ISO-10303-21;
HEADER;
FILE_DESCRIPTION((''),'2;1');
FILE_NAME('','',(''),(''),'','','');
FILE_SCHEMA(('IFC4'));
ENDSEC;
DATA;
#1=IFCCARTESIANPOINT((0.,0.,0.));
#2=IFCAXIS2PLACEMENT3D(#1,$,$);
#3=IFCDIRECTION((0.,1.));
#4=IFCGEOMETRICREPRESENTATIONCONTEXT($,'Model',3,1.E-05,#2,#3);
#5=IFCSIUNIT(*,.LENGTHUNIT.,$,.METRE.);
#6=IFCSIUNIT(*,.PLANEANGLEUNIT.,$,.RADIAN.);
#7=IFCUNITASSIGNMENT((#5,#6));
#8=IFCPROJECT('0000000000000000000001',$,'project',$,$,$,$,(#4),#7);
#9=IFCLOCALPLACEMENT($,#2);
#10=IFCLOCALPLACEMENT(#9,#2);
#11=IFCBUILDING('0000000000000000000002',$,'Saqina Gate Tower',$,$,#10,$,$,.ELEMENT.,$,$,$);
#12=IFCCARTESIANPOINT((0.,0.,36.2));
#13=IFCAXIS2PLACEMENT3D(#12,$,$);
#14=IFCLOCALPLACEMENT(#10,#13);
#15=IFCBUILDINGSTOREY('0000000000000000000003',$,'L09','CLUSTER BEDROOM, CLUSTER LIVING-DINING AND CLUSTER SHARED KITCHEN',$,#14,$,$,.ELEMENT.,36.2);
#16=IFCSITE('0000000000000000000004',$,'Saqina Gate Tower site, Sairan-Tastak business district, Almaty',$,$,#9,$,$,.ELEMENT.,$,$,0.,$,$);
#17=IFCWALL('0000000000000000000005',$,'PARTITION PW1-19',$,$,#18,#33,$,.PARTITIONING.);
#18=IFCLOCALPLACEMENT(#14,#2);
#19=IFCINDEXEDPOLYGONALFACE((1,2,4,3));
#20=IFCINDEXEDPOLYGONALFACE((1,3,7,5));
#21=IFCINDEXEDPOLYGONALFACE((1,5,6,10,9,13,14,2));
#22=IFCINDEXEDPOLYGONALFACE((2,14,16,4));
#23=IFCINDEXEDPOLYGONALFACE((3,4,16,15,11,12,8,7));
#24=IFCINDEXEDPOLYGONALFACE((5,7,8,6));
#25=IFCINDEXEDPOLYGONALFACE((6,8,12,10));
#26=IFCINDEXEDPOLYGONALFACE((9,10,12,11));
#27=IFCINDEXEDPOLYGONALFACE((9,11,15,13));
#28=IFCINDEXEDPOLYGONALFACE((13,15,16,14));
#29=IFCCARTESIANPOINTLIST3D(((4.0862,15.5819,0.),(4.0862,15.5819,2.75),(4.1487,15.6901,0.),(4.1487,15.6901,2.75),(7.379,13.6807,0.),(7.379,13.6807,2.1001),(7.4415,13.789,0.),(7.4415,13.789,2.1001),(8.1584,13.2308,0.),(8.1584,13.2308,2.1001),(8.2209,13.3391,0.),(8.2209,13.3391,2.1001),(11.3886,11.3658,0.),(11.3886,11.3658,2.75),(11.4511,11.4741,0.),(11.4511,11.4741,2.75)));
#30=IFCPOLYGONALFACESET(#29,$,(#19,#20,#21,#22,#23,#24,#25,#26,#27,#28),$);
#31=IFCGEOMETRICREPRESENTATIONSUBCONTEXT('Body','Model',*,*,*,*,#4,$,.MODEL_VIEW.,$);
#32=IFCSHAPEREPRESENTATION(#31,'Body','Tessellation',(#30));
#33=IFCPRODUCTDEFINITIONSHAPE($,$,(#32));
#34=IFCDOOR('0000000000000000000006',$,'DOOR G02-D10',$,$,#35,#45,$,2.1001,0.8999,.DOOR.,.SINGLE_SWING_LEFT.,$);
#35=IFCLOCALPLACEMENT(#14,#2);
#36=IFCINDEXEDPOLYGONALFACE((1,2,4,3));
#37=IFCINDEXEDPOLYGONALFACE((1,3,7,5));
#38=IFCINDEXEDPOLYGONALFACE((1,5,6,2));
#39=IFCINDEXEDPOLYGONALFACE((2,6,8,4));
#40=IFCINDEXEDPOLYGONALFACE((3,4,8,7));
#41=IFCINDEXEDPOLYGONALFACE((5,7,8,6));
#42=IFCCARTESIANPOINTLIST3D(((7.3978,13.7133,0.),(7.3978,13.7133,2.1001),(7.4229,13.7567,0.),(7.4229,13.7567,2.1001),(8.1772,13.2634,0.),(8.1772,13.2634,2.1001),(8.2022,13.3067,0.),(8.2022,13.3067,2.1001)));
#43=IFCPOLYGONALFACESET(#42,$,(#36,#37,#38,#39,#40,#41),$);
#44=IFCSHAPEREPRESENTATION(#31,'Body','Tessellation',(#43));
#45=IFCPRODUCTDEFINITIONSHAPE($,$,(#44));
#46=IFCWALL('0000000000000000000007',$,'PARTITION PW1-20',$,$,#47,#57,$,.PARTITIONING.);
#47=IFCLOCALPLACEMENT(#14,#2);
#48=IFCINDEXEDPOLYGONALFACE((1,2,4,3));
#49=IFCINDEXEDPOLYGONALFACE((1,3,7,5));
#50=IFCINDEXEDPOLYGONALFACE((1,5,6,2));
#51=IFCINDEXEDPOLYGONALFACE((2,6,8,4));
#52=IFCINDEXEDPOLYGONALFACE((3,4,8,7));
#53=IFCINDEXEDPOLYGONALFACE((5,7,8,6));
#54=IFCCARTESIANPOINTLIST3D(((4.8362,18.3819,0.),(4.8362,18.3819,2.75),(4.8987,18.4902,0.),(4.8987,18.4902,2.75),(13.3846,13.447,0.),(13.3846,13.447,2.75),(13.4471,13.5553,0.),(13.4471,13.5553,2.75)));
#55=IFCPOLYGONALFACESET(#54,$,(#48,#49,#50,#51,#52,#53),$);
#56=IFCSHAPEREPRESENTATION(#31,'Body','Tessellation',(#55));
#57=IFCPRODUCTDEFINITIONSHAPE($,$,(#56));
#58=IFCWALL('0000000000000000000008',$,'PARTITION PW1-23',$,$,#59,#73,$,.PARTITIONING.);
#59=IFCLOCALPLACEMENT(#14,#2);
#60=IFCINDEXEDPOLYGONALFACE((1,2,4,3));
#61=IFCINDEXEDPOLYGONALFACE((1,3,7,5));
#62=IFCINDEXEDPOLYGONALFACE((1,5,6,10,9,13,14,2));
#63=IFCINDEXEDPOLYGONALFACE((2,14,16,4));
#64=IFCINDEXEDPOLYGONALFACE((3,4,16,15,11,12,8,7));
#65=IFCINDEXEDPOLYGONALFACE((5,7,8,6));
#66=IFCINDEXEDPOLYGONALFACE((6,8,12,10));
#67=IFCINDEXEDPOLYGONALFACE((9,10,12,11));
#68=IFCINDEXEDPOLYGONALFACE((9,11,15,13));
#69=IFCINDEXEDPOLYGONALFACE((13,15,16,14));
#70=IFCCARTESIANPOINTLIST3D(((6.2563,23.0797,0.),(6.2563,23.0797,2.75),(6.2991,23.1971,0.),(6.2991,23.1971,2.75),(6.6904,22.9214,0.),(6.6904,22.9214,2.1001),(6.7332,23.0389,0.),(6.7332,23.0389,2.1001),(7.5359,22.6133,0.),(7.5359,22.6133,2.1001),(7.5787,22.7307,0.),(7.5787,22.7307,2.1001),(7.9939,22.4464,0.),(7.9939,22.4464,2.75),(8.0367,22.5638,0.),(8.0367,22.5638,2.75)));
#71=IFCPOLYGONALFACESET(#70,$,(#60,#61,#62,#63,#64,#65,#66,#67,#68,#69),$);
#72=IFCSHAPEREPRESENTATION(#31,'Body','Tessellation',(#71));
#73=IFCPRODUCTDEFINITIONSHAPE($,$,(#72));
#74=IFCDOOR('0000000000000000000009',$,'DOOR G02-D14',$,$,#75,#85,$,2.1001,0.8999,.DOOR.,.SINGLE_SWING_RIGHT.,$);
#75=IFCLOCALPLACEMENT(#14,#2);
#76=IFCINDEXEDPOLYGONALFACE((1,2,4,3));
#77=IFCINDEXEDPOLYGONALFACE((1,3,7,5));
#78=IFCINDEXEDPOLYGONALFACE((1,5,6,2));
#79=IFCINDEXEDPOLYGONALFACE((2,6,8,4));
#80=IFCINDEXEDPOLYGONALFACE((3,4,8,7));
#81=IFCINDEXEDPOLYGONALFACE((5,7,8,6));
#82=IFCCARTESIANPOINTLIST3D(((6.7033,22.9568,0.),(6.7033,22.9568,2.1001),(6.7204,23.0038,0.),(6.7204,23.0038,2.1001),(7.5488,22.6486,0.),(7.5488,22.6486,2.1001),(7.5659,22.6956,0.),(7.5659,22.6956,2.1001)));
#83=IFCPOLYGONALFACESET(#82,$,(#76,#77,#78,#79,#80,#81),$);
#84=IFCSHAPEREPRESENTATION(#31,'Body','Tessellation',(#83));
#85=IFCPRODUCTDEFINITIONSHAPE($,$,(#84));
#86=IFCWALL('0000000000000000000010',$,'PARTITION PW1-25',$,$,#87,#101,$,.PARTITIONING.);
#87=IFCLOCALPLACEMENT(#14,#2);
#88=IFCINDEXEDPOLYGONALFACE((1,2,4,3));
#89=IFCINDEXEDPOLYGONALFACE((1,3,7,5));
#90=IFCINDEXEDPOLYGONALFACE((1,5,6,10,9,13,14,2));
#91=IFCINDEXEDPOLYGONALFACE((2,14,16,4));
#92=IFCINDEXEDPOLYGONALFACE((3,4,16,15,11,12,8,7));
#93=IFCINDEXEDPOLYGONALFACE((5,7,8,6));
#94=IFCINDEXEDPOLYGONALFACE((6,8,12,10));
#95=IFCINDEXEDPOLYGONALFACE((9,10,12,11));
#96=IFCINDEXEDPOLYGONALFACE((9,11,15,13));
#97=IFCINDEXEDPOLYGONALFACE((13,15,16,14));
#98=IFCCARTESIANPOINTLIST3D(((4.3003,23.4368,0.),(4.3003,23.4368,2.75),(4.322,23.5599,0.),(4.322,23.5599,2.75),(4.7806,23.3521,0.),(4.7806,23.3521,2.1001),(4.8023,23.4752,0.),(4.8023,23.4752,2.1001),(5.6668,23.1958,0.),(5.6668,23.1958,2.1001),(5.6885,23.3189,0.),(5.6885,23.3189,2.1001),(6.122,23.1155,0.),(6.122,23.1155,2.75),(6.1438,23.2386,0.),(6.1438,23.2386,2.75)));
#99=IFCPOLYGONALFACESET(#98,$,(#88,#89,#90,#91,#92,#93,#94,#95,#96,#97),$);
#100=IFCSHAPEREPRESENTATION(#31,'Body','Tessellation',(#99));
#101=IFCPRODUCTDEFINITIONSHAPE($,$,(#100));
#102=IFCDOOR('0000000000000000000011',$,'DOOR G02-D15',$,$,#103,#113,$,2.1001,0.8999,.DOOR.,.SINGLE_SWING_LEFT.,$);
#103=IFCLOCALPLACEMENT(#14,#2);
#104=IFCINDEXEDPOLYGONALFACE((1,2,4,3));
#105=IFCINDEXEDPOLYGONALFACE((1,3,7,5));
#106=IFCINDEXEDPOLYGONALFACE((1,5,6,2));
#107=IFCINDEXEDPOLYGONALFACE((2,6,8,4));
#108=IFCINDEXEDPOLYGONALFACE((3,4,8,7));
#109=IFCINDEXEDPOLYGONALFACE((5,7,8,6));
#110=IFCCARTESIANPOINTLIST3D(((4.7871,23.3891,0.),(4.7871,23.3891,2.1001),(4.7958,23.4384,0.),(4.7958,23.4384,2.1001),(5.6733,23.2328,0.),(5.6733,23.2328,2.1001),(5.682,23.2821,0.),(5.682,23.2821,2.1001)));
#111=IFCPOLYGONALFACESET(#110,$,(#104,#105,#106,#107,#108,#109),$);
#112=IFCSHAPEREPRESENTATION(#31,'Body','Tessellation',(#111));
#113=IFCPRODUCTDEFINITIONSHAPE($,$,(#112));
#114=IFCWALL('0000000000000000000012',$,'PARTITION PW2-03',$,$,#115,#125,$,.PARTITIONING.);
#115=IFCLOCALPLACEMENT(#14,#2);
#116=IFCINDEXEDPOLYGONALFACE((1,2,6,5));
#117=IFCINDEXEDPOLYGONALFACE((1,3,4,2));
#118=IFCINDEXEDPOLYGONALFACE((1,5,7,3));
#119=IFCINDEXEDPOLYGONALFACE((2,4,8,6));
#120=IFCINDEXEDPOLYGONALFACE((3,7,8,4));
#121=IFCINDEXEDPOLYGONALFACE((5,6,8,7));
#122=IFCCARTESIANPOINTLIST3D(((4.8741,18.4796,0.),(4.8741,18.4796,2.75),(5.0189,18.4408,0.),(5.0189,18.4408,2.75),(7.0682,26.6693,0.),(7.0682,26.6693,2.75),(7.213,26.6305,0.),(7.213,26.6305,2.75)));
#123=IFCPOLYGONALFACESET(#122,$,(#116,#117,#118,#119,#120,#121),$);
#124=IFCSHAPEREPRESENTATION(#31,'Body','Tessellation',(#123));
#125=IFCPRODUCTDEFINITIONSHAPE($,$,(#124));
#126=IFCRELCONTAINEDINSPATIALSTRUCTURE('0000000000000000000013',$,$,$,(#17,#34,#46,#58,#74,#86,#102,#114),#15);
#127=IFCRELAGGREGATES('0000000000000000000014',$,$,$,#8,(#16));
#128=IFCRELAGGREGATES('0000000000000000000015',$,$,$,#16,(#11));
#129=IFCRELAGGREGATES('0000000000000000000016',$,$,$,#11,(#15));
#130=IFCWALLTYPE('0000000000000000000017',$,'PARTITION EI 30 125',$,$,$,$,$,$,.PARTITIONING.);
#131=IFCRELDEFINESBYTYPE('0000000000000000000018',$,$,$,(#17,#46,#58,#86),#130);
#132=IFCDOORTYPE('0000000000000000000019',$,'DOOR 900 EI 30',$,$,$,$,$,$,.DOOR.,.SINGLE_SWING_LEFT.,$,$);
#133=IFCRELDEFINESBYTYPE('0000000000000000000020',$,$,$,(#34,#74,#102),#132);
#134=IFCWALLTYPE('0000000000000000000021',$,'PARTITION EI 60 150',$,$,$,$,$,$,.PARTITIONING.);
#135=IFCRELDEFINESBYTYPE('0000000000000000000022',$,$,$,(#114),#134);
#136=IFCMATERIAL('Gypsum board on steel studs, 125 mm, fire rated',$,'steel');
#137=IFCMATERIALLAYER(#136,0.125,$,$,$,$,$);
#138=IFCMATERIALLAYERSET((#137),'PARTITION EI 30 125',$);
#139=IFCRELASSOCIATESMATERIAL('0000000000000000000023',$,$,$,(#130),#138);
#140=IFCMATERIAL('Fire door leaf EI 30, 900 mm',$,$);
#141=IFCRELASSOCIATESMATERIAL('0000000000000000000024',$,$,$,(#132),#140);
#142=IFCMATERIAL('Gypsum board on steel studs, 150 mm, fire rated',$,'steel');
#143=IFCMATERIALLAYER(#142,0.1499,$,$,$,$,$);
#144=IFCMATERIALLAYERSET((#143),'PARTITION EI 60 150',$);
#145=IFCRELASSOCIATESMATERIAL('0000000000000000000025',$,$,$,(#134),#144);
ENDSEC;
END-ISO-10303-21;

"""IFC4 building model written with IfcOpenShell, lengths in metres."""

from ifc_helpers import new_model, si_unit, direction, frame, frame_2d, origin, place, context, subcontext, project, spatial, rectangle, extrude, material, layer, layer_set, type_object, element, fill, save


model = new_model("IFC4")

# Units and contexts
model_context = context("Model", 3, precision=1e-05, world=origin(), true_north=direction((0.0, 1.0)))
body_context = subcontext(model_context, "Body", "Model", "MODEL_VIEW")
ifc_project = project(units=[si_unit("LENGTHUNIT", "METRE"), si_unit("PLANEANGLEUNIT", "RADIAN")], contexts=[model_context])

# Site, building, storey
site_placement = place(None, origin())
site = spatial("IfcSite", under=ifc_project, at=site_placement, Name="Saqina Gate Tower site, Sairan-Tastak business district, Almaty", CompositionType="ELEMENT", RefElevation=0.0)
building_placement = place(site_placement, origin())
building = spatial("IfcBuilding", under=site, at=building_placement, Name="Saqina Gate Tower", CompositionType="ELEMENT")
storey_placement = place(building_placement, frame((0.0, 0.0, 36.2)))
storey = spatial("IfcBuildingStorey", under=building, at=storey_placement, Name="L09", Description="CLUSTER BEDROOM, CLUSTER LIVING-DINING AND CLUSTER SHARED KITCHEN", CompositionType="ELEMENT", Elevation=36.2)

# Wall, opening, door
ifc_material_1 = material(Name="Gypsum board on steel studs, 125 mm, fire rated", Category="steel")
ifc_layer_1 = layer(ifc_material_1, 0.125)
ifc_layer_set_1 = layer_set([ifc_layer_1], Name="PARTITION EI 30 125")
wall_type_1 = type_object("IfcWallType", Name="PARTITION EI 30 125", PredefinedType="PARTITIONING", material=ifc_layer_set_1)
wall_1_placement = place(storey_placement, frame((4.1174, 15.636, 0.0), z_axis=(0.0, 0.0, 1.0), x_axis=(0.866027, -0.499997, 0.0)))
wall_1 = element("IfcWall", 1, at=wall_1_placement, inside=storey, type_object=wall_type_1, Name="PARTITION PW1-19", PredefinedType="PARTITIONING", context=body_context, shape_type="SweptSolid", body=[
    extrude(rectangle(XDim=8.4321, YDim=0.125, at=frame_2d((4.2161, 0.0))), origin(), (0.0, 0.0, 1.0), 2.75),
])
opening_1_placement = place(wall_1_placement, frame((3.8022, 0.0, 0.0)))
opening_1 = element("IfcOpeningElement", 2, at=opening_1_placement, cuts=wall_1, PredefinedType="OPENING", context=body_context, shape_type="SweptSolid", body=[
    extrude(rectangle(XDim=0.8999, YDim=2.1001, at=frame_2d((0.45, 1.05))), frame((0.0, 0.0745, 0.0), z_axis=(0.0, -1.0, 0.0), x_axis=(1.0, 0.0, 0.0)), (0.0, 0.0, 1.0), 0.1489),
])
ifc_material_2 = material(Name="Fire door leaf EI 30, 900 mm")
door_type_1 = type_object("IfcDoorType", Name="DOOR 900 EI 30", OperationType="SINGLE_SWING_LEFT", PredefinedType="DOOR", material=ifc_material_2)
door_1_placement = place(opening_1_placement, frame((0.8999, 0.0, 0.0), z_axis=(0.0, 0.0, 1.0), x_axis=(-1.0, 0.0, 0.0)))
door_1 = element("IfcDoor", 3, at=door_1_placement, inside=storey, type_object=door_type_1, Name="DOOR G02-D10", OperationType="SINGLE_SWING_LEFT", OverallHeight=2.1001, OverallWidth=0.8999, PredefinedType="DOOR", context=body_context, shape_type="SweptSolid", body=[
    extrude(rectangle(XDim=0.8999, YDim=2.1001, at=frame_2d((0.45, 1.05))), frame((0.0, 0.0249, 0.0), z_axis=(0.0, -1.0, 0.0), x_axis=(1.0, 0.0, 0.0)), (0.0, 0.0, 1.0), 0.05),
])
fill(opening_1, door_1)

# Wall
wall_2_placement = place(storey_placement, frame((4.8674, 18.436, 0.0), z_axis=(0.0, 0.0, 1.0), x_axis=(0.86605, -0.499957, 0.0)))
element("IfcWall", 4, at=wall_2_placement, inside=storey, type_object=wall_type_1, Name="PARTITION PW1-20", PredefinedType="PARTITIONING", context=body_context, shape_type="SweptSolid", body=[
    extrude(rectangle(XDim=9.8706, YDim=0.125, at=frame_2d((4.9353, 0.0))), origin(), (0.0, 0.0, 1.0), 2.75),
])

# Walls, openings, doors
wall_3_placement = place(storey_placement, frame((6.2776, 23.1384, 0.0), z_axis=(0.0, 0.0, 1.0), x_axis=(0.939539, -0.342443, 0.0)))
wall_3 = element("IfcWall", 5, at=wall_3_placement, inside=storey, type_object=wall_type_1, Name="PARTITION PW1-23", PredefinedType="PARTITIONING", context=body_context, shape_type="SweptSolid", body=[
    extrude(rectangle(XDim=1.8494, YDim=0.125, at=frame_2d((0.9248, 0.0))), origin(), (0.0, 0.0, 1.0), 2.75),
])
opening_2_placement = place(wall_3_placement, frame((0.4622, 0.0, 0.0)))
opening_2 = element("IfcOpeningElement", 6, at=opening_2_placement, cuts=wall_3, PredefinedType="OPENING", context=body_context, shape_type="SweptSolid", body=[
    extrude(rectangle(XDim=0.8999, YDim=2.1001, at=frame_2d((0.45, 1.05))), frame((0.0, 0.0745, 0.0), z_axis=(0.0, -1.0, 0.0), x_axis=(1.0, 0.0, 0.0)), (0.0, 0.0, 1.0), 0.1489),
])
door_2_placement = place(opening_2_placement, frame((0.8999, 0.0, 0.0), z_axis=(0.0, 0.0, 1.0), x_axis=(-1.0, 0.0, 0.0)))
door_2 = element("IfcDoor", 7, at=door_2_placement, inside=storey, type_object=door_type_1, Name="DOOR G02-D14", OperationType="SINGLE_SWING_RIGHT", OverallHeight=2.1001, OverallWidth=0.8999, PredefinedType="DOOR", context=body_context, shape_type="SweptSolid", body=[
    extrude(rectangle(XDim=0.8999, YDim=2.1001, at=frame_2d((0.45, 1.05))), frame((0.0, 0.0249, 0.0), z_axis=(0.0, -1.0, 0.0), x_axis=(1.0, 0.0, 0.0)), (0.0, 0.0, 1.0), 0.05),
])
fill(opening_2, door_2)
wall_4_placement = place(storey_placement, frame((4.3113, 23.4983, 0.0), z_axis=(0.0, 0.0, 1.0), x_axis=(0.984802, -0.17368, 0.0)))
wall_4 = element("IfcWall", 8, at=wall_4_placement, inside=storey, type_object=wall_type_1, Name="PARTITION PW1-25", PredefinedType="PARTITIONING", context=body_context, shape_type="SweptSolid", body=[
    extrude(rectangle(XDim=1.8499, YDim=0.125, at=frame_2d((0.9248, 0.0))), origin(), (0.0, 0.0, 1.0), 2.75),
])
opening_3_placement = place(wall_4_placement, frame((0.4875, 0.0, 0.0)))
opening_3 = element("IfcOpeningElement", 9, at=opening_3_placement, cuts=wall_4, PredefinedType="OPENING", context=body_context, shape_type="SweptSolid", body=[
    extrude(rectangle(XDim=0.8999, YDim=2.1001, at=frame_2d((0.45, 1.05))), frame((0.0, 0.0745, 0.0), z_axis=(0.0, -1.0, 0.0), x_axis=(1.0, 0.0, 0.0)), (0.0, 0.0, 1.0), 0.1489),
])
door_3_placement = place(opening_3_placement, frame((0.8999, 0.0, 0.0), z_axis=(0.0, 0.0, 1.0), x_axis=(-1.0, 0.0, 0.0)))
door_3 = element("IfcDoor", 10, at=door_3_placement, inside=storey, type_object=door_type_1, Name="DOOR G02-D15", OperationType="SINGLE_SWING_LEFT", OverallHeight=2.1001, OverallWidth=0.8999, PredefinedType="DOOR", context=body_context, shape_type="SweptSolid", body=[
    extrude(rectangle(XDim=0.8999, YDim=2.1001, at=frame_2d((0.45, 1.05))), frame((0.0, 0.0249, 0.0), z_axis=(0.0, -1.0, 0.0), x_axis=(1.0, 0.0, 0.0)), (0.0, 0.0, 1.0), 0.05),
])
fill(opening_3, door_3)

# Wall
ifc_material_3 = material(Name="Gypsum board on steel studs, 150 mm, fire rated", Category="steel")
ifc_layer_2 = layer(ifc_material_3, 0.1499)
ifc_layer_set_2 = layer_set([ifc_layer_2], Name="PARTITION EI 60 150")
wall_type_2 = type_object("IfcWallType", Name="PARTITION EI 60 150", PredefinedType="PARTITIONING", material=ifc_layer_set_2)
wall_5_placement = place(storey_placement, frame((4.9465, 18.4602, 0.0), z_axis=(0.0, 0.0, 1.0), x_axis=(0.258783, 0.965936, 0.0)))
element("IfcWall", 11, at=wall_5_placement, inside=storey, type_object=wall_type_2, Name="PARTITION PW2-03", PredefinedType="PARTITIONING", context=body_context, shape_type="SweptSolid", body=[
    extrude(rectangle(XDim=8.4785, YDim=0.1499, at=frame_2d((4.2393, 0.0))), origin(), (0.0, 0.0, 1.0), 2.75),
])

save(model, "model.ifc")
